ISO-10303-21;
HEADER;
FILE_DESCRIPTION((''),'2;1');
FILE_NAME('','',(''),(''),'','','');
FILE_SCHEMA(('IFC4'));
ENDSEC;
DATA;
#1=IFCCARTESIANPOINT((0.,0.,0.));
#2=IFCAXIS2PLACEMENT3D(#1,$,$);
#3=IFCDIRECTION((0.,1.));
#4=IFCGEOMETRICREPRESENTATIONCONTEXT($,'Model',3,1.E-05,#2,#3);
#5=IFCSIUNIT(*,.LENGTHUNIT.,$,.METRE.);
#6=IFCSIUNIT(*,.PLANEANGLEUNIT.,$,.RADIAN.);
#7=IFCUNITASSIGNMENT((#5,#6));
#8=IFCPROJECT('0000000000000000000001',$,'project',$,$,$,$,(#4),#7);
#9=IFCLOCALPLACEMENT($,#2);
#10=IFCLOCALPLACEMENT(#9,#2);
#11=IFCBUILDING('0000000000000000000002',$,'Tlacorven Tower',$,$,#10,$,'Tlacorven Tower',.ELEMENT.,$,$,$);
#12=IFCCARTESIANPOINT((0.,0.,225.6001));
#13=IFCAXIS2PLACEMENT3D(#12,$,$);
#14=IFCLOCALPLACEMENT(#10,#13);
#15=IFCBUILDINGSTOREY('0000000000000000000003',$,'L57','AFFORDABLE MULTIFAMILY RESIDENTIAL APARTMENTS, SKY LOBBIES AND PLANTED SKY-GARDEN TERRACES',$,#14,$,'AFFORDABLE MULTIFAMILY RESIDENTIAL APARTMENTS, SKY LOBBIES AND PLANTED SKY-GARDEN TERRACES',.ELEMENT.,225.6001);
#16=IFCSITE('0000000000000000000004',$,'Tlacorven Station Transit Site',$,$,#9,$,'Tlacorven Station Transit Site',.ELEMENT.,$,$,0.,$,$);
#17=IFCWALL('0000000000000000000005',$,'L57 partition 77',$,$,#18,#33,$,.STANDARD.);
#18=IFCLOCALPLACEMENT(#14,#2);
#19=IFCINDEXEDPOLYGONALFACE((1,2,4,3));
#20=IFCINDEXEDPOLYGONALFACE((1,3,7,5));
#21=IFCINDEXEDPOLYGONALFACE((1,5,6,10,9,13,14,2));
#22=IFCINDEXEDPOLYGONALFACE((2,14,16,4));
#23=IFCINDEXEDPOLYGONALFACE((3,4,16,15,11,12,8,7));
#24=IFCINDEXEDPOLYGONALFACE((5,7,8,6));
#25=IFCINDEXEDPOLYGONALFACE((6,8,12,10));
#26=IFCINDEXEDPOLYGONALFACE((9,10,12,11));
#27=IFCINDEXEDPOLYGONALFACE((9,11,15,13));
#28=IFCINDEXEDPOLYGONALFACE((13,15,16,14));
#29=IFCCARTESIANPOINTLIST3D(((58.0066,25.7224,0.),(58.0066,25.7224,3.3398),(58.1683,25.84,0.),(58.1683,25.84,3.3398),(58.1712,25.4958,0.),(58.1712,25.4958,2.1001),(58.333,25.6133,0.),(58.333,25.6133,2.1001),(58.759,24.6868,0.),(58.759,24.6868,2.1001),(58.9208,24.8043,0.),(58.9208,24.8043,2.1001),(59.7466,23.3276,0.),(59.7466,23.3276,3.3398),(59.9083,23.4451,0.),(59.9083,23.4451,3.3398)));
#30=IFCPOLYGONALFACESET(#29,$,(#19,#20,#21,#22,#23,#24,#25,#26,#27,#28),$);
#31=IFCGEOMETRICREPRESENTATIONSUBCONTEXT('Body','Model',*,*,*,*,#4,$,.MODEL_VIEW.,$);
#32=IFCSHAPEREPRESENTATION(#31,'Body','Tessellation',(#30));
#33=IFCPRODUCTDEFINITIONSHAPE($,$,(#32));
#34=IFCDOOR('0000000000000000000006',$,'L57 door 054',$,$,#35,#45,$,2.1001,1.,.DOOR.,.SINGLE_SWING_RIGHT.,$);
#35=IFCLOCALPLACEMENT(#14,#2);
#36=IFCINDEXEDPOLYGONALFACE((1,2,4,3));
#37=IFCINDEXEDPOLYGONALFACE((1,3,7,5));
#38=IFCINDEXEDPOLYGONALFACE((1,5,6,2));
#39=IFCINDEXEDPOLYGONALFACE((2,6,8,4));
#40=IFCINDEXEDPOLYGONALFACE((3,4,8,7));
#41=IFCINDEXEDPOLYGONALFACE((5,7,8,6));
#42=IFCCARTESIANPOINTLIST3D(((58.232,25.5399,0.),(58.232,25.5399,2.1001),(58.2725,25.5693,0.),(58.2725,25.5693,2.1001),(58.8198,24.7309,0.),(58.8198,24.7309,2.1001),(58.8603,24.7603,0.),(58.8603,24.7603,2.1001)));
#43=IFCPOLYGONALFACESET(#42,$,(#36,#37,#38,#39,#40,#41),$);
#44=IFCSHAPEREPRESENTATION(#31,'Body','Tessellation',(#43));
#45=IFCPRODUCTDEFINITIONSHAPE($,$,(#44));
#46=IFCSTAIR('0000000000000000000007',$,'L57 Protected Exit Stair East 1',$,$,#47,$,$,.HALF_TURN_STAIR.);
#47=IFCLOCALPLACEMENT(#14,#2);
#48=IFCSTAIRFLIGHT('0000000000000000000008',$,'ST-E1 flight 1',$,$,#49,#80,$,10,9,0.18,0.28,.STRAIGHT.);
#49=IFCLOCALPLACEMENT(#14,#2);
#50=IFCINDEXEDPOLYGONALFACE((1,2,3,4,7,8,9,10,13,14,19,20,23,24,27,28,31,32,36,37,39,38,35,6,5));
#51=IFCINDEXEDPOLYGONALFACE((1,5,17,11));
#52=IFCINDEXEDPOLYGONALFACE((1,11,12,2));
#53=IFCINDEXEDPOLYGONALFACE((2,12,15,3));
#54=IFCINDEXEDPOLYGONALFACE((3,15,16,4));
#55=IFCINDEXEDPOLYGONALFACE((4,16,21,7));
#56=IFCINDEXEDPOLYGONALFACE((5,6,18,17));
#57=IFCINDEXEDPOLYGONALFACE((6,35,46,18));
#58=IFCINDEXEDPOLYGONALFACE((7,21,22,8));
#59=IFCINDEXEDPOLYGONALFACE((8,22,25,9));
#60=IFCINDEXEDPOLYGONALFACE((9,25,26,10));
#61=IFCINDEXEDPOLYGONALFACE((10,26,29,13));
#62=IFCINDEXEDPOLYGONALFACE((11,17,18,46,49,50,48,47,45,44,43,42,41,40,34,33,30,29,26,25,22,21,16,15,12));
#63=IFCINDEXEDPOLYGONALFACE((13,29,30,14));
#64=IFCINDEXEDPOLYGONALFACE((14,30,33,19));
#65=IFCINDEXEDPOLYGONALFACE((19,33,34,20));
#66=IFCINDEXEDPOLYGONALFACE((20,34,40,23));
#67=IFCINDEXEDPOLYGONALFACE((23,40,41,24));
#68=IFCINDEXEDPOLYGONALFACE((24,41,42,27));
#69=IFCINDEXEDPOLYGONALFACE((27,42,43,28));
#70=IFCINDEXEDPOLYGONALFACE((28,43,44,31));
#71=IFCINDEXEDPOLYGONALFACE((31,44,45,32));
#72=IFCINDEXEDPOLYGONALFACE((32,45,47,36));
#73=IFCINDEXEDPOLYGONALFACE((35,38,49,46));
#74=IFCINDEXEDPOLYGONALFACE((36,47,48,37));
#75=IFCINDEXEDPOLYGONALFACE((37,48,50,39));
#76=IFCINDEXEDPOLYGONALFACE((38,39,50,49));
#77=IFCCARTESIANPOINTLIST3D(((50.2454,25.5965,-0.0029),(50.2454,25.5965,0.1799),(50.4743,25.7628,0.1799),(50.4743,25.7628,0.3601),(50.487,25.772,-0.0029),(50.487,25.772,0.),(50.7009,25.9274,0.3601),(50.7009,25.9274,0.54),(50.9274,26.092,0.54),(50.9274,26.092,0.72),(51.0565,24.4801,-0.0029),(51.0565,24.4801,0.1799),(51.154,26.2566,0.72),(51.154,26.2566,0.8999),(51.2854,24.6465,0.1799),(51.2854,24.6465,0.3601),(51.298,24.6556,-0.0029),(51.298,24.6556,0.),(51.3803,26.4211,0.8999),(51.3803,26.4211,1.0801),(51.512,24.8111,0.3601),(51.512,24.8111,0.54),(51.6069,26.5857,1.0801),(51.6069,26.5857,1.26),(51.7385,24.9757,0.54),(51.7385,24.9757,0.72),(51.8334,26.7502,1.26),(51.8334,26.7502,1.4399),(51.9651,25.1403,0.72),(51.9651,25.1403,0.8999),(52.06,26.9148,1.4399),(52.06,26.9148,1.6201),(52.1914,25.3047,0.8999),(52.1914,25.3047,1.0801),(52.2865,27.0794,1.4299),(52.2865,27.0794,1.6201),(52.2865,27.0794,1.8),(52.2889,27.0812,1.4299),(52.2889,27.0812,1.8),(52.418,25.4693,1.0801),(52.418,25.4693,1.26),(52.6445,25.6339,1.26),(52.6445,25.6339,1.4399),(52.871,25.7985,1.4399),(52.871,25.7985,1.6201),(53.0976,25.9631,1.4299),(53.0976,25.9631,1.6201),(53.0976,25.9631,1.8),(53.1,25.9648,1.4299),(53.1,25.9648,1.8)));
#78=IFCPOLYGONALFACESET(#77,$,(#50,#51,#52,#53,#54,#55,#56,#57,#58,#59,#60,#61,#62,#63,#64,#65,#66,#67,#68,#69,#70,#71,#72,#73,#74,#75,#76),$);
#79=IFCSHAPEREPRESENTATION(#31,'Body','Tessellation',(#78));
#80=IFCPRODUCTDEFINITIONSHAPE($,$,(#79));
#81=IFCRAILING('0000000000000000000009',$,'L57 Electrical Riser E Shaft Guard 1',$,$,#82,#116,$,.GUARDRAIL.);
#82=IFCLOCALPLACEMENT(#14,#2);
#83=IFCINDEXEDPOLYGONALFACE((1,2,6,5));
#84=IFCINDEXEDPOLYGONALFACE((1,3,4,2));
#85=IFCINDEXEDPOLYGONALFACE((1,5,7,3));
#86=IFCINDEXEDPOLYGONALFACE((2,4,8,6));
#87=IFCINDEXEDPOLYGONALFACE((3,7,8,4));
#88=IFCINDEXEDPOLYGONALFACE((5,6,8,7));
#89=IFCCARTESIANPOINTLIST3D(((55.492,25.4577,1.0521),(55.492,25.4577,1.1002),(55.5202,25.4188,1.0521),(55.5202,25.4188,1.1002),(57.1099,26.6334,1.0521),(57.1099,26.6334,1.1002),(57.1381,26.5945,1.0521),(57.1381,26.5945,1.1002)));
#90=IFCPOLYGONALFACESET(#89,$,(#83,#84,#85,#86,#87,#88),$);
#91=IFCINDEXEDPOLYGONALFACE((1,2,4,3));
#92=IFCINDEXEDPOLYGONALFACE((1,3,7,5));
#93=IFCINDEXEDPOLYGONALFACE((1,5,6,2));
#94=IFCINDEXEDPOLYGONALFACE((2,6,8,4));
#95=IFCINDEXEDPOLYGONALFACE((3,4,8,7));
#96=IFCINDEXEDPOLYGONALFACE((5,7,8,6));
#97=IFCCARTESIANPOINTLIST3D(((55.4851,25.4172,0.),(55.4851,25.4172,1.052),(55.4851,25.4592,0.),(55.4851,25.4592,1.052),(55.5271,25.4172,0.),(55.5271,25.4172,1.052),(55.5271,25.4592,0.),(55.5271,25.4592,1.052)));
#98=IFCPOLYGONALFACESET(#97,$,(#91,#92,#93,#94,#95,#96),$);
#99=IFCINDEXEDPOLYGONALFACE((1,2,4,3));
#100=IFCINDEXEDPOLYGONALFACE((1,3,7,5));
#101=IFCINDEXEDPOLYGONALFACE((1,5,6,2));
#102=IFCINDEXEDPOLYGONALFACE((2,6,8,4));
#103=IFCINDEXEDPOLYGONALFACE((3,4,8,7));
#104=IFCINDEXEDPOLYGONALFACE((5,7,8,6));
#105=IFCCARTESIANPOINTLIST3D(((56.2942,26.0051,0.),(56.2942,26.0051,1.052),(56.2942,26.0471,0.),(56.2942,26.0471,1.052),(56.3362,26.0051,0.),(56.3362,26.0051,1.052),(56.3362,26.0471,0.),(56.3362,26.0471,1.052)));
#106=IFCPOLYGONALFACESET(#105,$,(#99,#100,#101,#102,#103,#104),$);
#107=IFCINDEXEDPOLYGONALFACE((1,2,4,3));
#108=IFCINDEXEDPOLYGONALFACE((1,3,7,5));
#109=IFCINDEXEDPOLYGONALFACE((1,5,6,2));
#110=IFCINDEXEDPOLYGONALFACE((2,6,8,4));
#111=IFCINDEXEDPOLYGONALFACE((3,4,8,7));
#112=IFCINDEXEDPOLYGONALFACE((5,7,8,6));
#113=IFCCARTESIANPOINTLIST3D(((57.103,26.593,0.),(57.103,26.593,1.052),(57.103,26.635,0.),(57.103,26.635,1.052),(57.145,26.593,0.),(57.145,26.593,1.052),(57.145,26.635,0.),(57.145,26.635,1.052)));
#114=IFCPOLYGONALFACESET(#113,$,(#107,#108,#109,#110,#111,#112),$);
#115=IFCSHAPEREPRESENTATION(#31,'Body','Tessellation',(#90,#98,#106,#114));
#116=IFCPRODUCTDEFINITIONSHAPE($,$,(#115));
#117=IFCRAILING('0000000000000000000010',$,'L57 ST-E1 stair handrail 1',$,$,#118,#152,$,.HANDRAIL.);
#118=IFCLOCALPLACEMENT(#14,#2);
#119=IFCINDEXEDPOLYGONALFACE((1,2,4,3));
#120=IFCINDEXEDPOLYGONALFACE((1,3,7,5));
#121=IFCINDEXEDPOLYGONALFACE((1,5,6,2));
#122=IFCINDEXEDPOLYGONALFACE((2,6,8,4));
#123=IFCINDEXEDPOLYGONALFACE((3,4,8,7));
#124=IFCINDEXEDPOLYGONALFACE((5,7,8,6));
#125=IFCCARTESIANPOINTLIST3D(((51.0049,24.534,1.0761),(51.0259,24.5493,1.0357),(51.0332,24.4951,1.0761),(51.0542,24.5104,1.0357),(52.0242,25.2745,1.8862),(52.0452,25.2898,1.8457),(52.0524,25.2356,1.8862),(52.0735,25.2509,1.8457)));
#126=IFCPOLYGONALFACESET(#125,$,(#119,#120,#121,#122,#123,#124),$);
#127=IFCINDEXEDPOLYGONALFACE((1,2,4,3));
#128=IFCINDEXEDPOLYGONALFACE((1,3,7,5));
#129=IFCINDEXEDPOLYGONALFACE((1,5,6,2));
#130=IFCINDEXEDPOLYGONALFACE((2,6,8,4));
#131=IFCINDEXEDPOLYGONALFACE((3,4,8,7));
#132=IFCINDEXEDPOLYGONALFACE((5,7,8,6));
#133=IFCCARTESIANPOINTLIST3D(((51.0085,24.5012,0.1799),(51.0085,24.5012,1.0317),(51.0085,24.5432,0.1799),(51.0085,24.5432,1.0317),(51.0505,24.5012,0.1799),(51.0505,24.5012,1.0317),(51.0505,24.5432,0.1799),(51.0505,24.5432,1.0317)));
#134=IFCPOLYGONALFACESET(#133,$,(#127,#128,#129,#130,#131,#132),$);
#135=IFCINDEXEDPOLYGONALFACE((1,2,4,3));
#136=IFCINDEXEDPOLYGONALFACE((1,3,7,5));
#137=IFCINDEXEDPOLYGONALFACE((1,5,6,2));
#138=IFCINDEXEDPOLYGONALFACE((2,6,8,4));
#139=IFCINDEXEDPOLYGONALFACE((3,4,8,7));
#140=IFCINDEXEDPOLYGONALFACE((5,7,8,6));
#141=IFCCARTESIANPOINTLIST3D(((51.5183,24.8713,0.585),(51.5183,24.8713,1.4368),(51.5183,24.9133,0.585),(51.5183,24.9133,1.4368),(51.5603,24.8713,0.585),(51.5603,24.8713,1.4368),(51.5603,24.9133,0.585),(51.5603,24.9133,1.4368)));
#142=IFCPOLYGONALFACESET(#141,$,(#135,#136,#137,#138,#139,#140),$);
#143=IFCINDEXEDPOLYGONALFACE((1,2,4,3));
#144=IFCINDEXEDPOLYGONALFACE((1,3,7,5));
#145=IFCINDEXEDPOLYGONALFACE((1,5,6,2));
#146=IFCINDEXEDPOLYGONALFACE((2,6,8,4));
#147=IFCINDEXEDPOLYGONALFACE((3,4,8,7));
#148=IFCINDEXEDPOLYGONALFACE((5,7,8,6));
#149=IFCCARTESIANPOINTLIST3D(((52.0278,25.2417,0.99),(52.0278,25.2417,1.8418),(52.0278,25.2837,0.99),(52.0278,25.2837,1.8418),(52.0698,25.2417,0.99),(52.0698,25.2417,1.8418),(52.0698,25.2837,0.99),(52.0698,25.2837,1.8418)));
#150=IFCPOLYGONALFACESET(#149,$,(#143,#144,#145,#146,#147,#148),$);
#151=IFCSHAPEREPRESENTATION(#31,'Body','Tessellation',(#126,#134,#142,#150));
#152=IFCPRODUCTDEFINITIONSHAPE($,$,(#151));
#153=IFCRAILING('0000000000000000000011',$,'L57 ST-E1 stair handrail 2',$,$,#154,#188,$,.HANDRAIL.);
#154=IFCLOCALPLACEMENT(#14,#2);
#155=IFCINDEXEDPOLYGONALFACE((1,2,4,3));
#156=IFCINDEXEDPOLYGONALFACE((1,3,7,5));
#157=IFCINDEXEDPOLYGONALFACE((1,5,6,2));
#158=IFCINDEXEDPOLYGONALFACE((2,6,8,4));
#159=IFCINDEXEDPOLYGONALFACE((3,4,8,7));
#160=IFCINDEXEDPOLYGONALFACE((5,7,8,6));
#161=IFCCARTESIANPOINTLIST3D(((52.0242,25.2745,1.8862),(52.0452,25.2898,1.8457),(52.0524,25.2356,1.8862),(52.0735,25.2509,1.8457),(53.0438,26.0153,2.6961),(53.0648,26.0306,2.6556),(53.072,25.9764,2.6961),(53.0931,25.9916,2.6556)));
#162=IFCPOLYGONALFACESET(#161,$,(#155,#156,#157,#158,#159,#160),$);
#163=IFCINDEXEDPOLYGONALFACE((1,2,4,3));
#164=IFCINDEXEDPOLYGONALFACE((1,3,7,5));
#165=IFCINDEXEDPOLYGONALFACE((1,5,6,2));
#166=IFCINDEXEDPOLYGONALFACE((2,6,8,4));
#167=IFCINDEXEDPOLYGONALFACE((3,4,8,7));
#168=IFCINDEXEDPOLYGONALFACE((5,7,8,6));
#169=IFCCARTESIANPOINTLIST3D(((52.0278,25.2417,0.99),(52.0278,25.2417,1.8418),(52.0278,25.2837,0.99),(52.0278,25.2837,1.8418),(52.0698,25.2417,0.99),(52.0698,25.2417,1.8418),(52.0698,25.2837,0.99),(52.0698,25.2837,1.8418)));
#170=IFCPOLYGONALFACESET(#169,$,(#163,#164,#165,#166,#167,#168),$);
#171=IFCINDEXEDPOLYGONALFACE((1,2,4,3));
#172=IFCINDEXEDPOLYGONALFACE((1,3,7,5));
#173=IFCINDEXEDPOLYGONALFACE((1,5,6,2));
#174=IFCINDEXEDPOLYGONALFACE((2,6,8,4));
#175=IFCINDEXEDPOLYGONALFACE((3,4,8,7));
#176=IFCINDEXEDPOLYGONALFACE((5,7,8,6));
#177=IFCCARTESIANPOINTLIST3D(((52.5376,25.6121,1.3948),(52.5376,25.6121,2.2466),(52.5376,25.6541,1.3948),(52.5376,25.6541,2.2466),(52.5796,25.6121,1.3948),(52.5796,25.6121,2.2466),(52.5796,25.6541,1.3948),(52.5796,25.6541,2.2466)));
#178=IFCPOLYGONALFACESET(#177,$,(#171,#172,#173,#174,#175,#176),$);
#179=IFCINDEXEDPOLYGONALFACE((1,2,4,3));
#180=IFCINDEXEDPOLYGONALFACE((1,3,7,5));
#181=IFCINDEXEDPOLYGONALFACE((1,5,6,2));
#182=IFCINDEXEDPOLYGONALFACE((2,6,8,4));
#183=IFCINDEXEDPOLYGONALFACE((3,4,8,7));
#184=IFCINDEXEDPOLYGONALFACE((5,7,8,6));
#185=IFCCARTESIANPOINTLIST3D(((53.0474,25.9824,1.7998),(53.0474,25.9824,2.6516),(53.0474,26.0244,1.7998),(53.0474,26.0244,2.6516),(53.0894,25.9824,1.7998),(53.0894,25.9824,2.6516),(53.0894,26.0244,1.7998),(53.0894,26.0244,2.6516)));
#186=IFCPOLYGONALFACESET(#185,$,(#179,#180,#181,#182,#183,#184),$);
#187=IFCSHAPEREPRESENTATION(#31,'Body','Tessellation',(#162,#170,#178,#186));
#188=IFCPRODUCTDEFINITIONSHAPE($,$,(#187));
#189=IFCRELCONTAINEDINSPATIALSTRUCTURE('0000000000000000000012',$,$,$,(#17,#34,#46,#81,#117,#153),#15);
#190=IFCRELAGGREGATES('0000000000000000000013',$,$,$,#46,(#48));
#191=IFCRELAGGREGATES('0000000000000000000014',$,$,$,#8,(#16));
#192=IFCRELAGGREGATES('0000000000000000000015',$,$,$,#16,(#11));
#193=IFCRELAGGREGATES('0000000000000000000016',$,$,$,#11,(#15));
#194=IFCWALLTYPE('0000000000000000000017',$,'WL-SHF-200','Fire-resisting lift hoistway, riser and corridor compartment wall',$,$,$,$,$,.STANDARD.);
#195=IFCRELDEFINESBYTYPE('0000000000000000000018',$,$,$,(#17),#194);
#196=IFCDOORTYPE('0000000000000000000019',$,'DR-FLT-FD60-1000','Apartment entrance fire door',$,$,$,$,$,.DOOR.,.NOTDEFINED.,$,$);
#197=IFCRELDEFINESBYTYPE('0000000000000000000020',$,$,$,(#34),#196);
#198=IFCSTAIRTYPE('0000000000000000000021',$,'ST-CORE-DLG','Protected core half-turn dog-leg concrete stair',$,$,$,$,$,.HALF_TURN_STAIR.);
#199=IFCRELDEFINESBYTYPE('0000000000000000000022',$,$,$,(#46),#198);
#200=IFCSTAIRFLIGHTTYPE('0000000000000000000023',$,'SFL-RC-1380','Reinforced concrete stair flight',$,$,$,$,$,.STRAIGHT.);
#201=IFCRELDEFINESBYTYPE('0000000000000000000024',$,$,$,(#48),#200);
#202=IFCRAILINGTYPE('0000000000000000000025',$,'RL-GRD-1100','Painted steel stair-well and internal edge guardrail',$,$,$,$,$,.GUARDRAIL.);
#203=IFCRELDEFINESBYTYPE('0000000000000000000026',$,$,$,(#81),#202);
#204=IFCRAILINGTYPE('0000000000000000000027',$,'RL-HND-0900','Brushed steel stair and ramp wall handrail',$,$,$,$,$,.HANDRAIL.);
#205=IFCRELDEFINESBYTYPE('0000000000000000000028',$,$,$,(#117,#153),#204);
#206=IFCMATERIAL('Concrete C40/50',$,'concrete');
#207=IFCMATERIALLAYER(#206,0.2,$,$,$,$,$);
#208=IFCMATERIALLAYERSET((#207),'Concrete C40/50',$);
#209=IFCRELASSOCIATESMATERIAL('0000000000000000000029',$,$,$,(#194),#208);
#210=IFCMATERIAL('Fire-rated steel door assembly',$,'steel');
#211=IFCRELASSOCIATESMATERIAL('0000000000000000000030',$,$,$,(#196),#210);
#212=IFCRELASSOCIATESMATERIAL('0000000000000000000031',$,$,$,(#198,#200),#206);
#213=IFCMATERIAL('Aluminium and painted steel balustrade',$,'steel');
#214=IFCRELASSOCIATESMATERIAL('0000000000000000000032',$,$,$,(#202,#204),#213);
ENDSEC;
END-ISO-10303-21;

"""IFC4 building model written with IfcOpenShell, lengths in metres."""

from ifc_helpers import new_model, si_unit, direction, frame, frame_2d, origin, origin_2d, place, context, subcontext, project, spatial, polyline, rectangle, outline, extrude, source, transform, mapped, material, layer, layer_set, type_object, element, fill, aggregate, save


model = new_model("IFC4")

# Units and contexts
model_context = context("Model", 3, precision=1e-05, world=origin(), true_north=direction((0.0, 1.0)))
body_context = subcontext(model_context, "Body", "Model", "MODEL_VIEW")
ifc_project = project(units=[si_unit("LENGTHUNIT", "METRE"), si_unit("PLANEANGLEUNIT", "RADIAN")], contexts=[model_context])

# Site, building, storey
site_placement = place(None, origin())
site = spatial("IfcSite", under=ifc_project, at=site_placement, Name="Tlacorven Station Transit Site", LongName="Tlacorven Station Transit Site", CompositionType="ELEMENT", RefElevation=0.0)
building_placement = place(site_placement, origin())
building = spatial("IfcBuilding", under=site, at=building_placement, Name="Tlacorven Tower", LongName="Tlacorven Tower", CompositionType="ELEMENT")
storey_placement = place(building_placement, frame((0.0, 0.0, 225.6001)))
storey = spatial("IfcBuildingStorey", under=building, at=storey_placement, Name="L57", Description="AFFORDABLE MULTIFAMILY RESIDENTIAL APARTMENTS, SKY LOBBIES AND PLANTED SKY-GARDEN TERRACES", LongName="AFFORDABLE MULTIFAMILY RESIDENTIAL APARTMENTS, SKY LOBBIES AND PLANTED SKY-GARDEN TERRACES", CompositionType="ELEMENT", Elevation=225.6001)

# Shared definitions
ifc_material_1 = material(Name="Concrete C40/50", Category="concrete")
ifc_layer_1 = layer(ifc_material_1, 0.2)
ifc_layer_set_1 = layer_set([ifc_layer_1], Name="Concrete C40/50")
wall_type_1 = type_object("IfcWallType", Name="WL-SHF-200", Description="Fire-resisting lift hoistway, riser and corridor compartment wall", PredefinedType="STANDARD", material=ifc_layer_set_1)

# Shared definitions
ifc_material_2 = material(Name="Fire-rated steel door assembly", Category="steel")

# Wall, opening, door
wall_1_placement = place(storey_placement, frame((59.8274, 23.3865, 0.0), z_axis=(0.0, 0.0, 1.0), x_axis=(-0.587804, 0.809003, 0.0)))
wall_1 = element("IfcWall", 1, at=wall_1_placement, inside=storey, type_object=wall_type_1, Name="L57 partition 77", PredefinedType="STANDARD", context=body_context, shape_type="SweptSolid", body=[
    extrude(rectangle(XDim=2.9602, YDim=0.2, at=frame_2d((1.48, 0.0))), origin(), (0.0, 0.0, 1.0), 3.3398),
])
opening_1_placement = place(wall_1_placement, frame((1.6799, 0.0, 0.0)))
opening_1 = element("IfcOpeningElement", 2, at=opening_1_placement, cuts=wall_1, PredefinedType="OPENING", context=body_context, shape_type="SweptSolid", body=[
    extrude(rectangle(XDim=1.0, YDim=2.1001, at=frame_2d((0.5, 1.05))), frame((0.0, 0.1099, 0.0), z_axis=(0.0, -1.0, 0.0), x_axis=(1.0, 0.0, 0.0)), (0.0, 0.0, 1.0), 0.22),
])
door_type_1 = type_object("IfcDoorType", Name="DR-FLT-FD60-1000", Description="Apartment entrance fire door", OperationType="NOTDEFINED", PredefinedType="DOOR", material=ifc_material_2)
shared_shape_1 = source(origin(), body_context, "Body", "SweptSolid", [
    extrude(rectangle(XDim=1.0, YDim=2.1001, at=frame_2d((0.5, 1.05))), frame((0.0, 0.0249, 0.0), z_axis=(0.0, -1.0, 0.0), x_axis=(1.0, 0.0, 0.0)), (0.0, 0.0, 1.0), 0.05),
])
door_1_placement = place(opening_1_placement, origin())
door_1 = element("IfcDoor", 3, at=door_1_placement, inside=storey, type_object=door_type_1, Name="L57 door 054", OperationType="SINGLE_SWING_RIGHT", OverallHeight=2.1001, OverallWidth=1.0, PredefinedType="DOOR", context=body_context, shape_type="MappedRepresentation", body=[
    mapped(shared_shape_1, transform((0.0, 0.0, 0.0), scale=1.0)),
])
fill(opening_1, door_1)

# Stair, stair flight
stair_type = type_object("IfcStairType", Name="ST-CORE-DLG", Description="Protected core half-turn dog-leg concrete stair", PredefinedType="HALF_TURN_STAIR", material=ifc_material_1)
stair_placement = place(storey_placement, origin())
stair = element("IfcStair", 4, at=stair_placement, inside=storey, type_object=stair_type, Name="L57 Protected Exit Stair East 1", PredefinedType="HALF_TURN_STAIR")
stair_flight_type = type_object("IfcStairFlightType", Name="SFL-RC-1380", Description="Reinforced concrete stair flight", PredefinedType="STRAIGHT", material=ifc_material_1)
shared_shape_2 = source(origin(), body_context, "Body", "SweptSolid", [
    extrude(outline(polyline([(-0.0029, -0.0029), (-0.0029, 0.1799), (0.28, 0.1799), (0.28, 0.3601), (0.5601, 0.3601), (0.5601, 0.54), (0.8401, 0.54), (0.8401, 0.72), (1.1201, 0.72), (1.1201, 0.8999), (1.3999, 0.8999), (1.3999, 1.0801), (1.6799, 1.0801), (1.6799, 1.26), (1.96, 1.26), (1.96, 1.4399), (2.24, 1.4399), (2.24, 1.6201), (2.52, 1.6201), (2.52, 1.8), (2.5229, 1.8), (2.5229, 1.4299), (2.52, 1.4299), (0.2957, 0.0), (0.2957, -0.0029), (-0.0029, -0.0029)])), frame((0.0, 0.6899, 0.0), z_axis=(0.0, -1.0, 0.0), x_axis=(1.0, 0.0, 0.0)), (0.0, 0.0, 1.0), 1.3799),
])
stair_flight_placement = place(storey_placement, frame((50.6533, 25.04, 0.0), z_axis=(0.0, 0.0, 1.0), x_axis=(0.809017, 0.587785, 0.0)))
stair_flight = element("IfcStairFlight", 5, at=stair_flight_placement, type_object=stair_flight_type, Name="ST-E1 flight 1", NumberOfRisers=10, NumberOfTreads=9, PredefinedType="STRAIGHT", RiserHeight=0.18, TreadLength=0.28, context=body_context, shape_type="MappedRepresentation", body=[
    mapped(shared_shape_2, transform((0.0, 0.0, 0.0), scale=1.0)),
])
aggregate(stair, [stair_flight])

# Railings
ifc_material_3 = material(Name="Aluminium and painted steel balustrade", Category="steel")
railing_type_1 = type_object("IfcRailingType", Name="RL-GRD-1100", Description="Painted steel stair-well and internal edge guardrail", PredefinedType="GUARDRAIL", material=ifc_material_3)
shared_shape_3 = source(origin(), body_context, "Body", "SweptSolid", [
    extrude(rectangle(XDim=0.0481, YDim=0.0481, at=origin_2d()), frame((0.0, 0.0, 1.0762), z_axis=(0.808947, 0.587881, 0.0), x_axis=(-0.587881, 0.808947, 0.0)), (0.0, 0.0, 1.0), 2.0),
    extrude(rectangle(XDim=0.042, YDim=0.042, at=origin_2d()), origin(), (0.0, 0.0, 1.0), 1.052),
    extrude(rectangle(XDim=0.042, YDim=0.042, at=origin_2d()), frame((0.8091, 0.5879, 0.0)), (0.0, 0.0, 1.0), 1.052),
    extrude(rectangle(XDim=0.042, YDim=0.042, at=origin_2d()), frame((1.6179, 1.1758, 0.0)), (0.0, 0.0, 1.0), 1.052),
])
railing_1_placement = place(storey_placement, frame((55.5061, 25.4382, 0.0)))
element("IfcRailing", 6, at=railing_1_placement, inside=storey, type_object=railing_type_1, Name="L57 Electrical Riser E Shaft Guard 1", PredefinedType="GUARDRAIL", context=body_context, shape_type="MappedRepresentation", body=[
    mapped(shared_shape_3, transform((0.0, 0.0, 0.0), scale=1.0)),
])
railing_type_2 = type_object("IfcRailingType", Name="RL-HND-0900", Description="Brushed steel stair and ramp wall handrail", PredefinedType="HANDRAIL", material=ifc_material_3)
shared_shape_4 = source(origin(), body_context, "Body", "SweptSolid", [
    extrude(rectangle(XDim=0.0481, YDim=0.0481, at=origin_2d()), frame((0.0, 0.0, 0.876), z_axis=(0.680516, 0.494373, 0.540827), x_axis=(-0.587745, 0.809046, 0.0)), (0.0, 0.0, 1.0), 1.4978),
    extrude(rectangle(XDim=0.042, YDim=0.042, at=origin_2d()), origin(), (0.0, 0.0, 1.0), 0.8518),
    extrude(rectangle(XDim=0.042, YDim=0.042, at=origin_2d()), frame((0.5098, 0.3701, 0.405)), (0.0, 0.0, 1.0), 0.8518),
    extrude(rectangle(XDim=0.042, YDim=0.042, at=origin_2d()), frame((1.0193, 0.7405, 0.8101)), (0.0, 0.0, 1.0), 0.8518),
])
railing_2_placement = place(storey_placement, frame((51.0295, 24.5222, 0.1799)))
element("IfcRailing", 7, at=railing_2_placement, inside=storey, type_object=railing_type_2, Name="L57 ST-E1 stair handrail 1", PredefinedType="HANDRAIL", context=body_context, shape_type="MappedRepresentation", body=[
    mapped(shared_shape_4, transform((0.0, 0.0, 0.0), scale=1.0)),
])
shared_shape_5 = source(origin(), body_context, "Body", "SweptSolid", [
    extrude(rectangle(XDim=0.0481, YDim=0.0481, at=origin_2d()), frame((0.0, 0.0, 0.876), z_axis=(0.680609, 0.494484, 0.540608), x_axis=(-0.58778, 0.809021, 0.0)), (0.0, 0.0, 1.0), 1.498),
    extrude(rectangle(XDim=0.042, YDim=0.042, at=origin_2d()), origin(), (0.0, 0.0, 1.0), 0.8518),
    extrude(rectangle(XDim=0.042, YDim=0.042, at=origin_2d()), frame((0.5098, 0.3704, 0.4048)), (0.0, 0.0, 1.0), 0.8518),
    extrude(rectangle(XDim=0.042, YDim=0.042, at=origin_2d()), frame((1.0195, 0.7407, 0.8098)), (0.0, 0.0, 1.0), 0.8518),
])
railing_3_placement = place(storey_placement, frame((52.0488, 25.2627, 0.99)))
element("IfcRailing", 8, at=railing_3_placement, inside=storey, type_object=railing_type_2, Name="L57 ST-E1 stair handrail 2", PredefinedType="HANDRAIL", context=body_context, shape_type="MappedRepresentation", body=[
    mapped(shared_shape_5, transform((0.0, 0.0, 0.0), scale=1.0)),
])

save(model, "model.ifc")
